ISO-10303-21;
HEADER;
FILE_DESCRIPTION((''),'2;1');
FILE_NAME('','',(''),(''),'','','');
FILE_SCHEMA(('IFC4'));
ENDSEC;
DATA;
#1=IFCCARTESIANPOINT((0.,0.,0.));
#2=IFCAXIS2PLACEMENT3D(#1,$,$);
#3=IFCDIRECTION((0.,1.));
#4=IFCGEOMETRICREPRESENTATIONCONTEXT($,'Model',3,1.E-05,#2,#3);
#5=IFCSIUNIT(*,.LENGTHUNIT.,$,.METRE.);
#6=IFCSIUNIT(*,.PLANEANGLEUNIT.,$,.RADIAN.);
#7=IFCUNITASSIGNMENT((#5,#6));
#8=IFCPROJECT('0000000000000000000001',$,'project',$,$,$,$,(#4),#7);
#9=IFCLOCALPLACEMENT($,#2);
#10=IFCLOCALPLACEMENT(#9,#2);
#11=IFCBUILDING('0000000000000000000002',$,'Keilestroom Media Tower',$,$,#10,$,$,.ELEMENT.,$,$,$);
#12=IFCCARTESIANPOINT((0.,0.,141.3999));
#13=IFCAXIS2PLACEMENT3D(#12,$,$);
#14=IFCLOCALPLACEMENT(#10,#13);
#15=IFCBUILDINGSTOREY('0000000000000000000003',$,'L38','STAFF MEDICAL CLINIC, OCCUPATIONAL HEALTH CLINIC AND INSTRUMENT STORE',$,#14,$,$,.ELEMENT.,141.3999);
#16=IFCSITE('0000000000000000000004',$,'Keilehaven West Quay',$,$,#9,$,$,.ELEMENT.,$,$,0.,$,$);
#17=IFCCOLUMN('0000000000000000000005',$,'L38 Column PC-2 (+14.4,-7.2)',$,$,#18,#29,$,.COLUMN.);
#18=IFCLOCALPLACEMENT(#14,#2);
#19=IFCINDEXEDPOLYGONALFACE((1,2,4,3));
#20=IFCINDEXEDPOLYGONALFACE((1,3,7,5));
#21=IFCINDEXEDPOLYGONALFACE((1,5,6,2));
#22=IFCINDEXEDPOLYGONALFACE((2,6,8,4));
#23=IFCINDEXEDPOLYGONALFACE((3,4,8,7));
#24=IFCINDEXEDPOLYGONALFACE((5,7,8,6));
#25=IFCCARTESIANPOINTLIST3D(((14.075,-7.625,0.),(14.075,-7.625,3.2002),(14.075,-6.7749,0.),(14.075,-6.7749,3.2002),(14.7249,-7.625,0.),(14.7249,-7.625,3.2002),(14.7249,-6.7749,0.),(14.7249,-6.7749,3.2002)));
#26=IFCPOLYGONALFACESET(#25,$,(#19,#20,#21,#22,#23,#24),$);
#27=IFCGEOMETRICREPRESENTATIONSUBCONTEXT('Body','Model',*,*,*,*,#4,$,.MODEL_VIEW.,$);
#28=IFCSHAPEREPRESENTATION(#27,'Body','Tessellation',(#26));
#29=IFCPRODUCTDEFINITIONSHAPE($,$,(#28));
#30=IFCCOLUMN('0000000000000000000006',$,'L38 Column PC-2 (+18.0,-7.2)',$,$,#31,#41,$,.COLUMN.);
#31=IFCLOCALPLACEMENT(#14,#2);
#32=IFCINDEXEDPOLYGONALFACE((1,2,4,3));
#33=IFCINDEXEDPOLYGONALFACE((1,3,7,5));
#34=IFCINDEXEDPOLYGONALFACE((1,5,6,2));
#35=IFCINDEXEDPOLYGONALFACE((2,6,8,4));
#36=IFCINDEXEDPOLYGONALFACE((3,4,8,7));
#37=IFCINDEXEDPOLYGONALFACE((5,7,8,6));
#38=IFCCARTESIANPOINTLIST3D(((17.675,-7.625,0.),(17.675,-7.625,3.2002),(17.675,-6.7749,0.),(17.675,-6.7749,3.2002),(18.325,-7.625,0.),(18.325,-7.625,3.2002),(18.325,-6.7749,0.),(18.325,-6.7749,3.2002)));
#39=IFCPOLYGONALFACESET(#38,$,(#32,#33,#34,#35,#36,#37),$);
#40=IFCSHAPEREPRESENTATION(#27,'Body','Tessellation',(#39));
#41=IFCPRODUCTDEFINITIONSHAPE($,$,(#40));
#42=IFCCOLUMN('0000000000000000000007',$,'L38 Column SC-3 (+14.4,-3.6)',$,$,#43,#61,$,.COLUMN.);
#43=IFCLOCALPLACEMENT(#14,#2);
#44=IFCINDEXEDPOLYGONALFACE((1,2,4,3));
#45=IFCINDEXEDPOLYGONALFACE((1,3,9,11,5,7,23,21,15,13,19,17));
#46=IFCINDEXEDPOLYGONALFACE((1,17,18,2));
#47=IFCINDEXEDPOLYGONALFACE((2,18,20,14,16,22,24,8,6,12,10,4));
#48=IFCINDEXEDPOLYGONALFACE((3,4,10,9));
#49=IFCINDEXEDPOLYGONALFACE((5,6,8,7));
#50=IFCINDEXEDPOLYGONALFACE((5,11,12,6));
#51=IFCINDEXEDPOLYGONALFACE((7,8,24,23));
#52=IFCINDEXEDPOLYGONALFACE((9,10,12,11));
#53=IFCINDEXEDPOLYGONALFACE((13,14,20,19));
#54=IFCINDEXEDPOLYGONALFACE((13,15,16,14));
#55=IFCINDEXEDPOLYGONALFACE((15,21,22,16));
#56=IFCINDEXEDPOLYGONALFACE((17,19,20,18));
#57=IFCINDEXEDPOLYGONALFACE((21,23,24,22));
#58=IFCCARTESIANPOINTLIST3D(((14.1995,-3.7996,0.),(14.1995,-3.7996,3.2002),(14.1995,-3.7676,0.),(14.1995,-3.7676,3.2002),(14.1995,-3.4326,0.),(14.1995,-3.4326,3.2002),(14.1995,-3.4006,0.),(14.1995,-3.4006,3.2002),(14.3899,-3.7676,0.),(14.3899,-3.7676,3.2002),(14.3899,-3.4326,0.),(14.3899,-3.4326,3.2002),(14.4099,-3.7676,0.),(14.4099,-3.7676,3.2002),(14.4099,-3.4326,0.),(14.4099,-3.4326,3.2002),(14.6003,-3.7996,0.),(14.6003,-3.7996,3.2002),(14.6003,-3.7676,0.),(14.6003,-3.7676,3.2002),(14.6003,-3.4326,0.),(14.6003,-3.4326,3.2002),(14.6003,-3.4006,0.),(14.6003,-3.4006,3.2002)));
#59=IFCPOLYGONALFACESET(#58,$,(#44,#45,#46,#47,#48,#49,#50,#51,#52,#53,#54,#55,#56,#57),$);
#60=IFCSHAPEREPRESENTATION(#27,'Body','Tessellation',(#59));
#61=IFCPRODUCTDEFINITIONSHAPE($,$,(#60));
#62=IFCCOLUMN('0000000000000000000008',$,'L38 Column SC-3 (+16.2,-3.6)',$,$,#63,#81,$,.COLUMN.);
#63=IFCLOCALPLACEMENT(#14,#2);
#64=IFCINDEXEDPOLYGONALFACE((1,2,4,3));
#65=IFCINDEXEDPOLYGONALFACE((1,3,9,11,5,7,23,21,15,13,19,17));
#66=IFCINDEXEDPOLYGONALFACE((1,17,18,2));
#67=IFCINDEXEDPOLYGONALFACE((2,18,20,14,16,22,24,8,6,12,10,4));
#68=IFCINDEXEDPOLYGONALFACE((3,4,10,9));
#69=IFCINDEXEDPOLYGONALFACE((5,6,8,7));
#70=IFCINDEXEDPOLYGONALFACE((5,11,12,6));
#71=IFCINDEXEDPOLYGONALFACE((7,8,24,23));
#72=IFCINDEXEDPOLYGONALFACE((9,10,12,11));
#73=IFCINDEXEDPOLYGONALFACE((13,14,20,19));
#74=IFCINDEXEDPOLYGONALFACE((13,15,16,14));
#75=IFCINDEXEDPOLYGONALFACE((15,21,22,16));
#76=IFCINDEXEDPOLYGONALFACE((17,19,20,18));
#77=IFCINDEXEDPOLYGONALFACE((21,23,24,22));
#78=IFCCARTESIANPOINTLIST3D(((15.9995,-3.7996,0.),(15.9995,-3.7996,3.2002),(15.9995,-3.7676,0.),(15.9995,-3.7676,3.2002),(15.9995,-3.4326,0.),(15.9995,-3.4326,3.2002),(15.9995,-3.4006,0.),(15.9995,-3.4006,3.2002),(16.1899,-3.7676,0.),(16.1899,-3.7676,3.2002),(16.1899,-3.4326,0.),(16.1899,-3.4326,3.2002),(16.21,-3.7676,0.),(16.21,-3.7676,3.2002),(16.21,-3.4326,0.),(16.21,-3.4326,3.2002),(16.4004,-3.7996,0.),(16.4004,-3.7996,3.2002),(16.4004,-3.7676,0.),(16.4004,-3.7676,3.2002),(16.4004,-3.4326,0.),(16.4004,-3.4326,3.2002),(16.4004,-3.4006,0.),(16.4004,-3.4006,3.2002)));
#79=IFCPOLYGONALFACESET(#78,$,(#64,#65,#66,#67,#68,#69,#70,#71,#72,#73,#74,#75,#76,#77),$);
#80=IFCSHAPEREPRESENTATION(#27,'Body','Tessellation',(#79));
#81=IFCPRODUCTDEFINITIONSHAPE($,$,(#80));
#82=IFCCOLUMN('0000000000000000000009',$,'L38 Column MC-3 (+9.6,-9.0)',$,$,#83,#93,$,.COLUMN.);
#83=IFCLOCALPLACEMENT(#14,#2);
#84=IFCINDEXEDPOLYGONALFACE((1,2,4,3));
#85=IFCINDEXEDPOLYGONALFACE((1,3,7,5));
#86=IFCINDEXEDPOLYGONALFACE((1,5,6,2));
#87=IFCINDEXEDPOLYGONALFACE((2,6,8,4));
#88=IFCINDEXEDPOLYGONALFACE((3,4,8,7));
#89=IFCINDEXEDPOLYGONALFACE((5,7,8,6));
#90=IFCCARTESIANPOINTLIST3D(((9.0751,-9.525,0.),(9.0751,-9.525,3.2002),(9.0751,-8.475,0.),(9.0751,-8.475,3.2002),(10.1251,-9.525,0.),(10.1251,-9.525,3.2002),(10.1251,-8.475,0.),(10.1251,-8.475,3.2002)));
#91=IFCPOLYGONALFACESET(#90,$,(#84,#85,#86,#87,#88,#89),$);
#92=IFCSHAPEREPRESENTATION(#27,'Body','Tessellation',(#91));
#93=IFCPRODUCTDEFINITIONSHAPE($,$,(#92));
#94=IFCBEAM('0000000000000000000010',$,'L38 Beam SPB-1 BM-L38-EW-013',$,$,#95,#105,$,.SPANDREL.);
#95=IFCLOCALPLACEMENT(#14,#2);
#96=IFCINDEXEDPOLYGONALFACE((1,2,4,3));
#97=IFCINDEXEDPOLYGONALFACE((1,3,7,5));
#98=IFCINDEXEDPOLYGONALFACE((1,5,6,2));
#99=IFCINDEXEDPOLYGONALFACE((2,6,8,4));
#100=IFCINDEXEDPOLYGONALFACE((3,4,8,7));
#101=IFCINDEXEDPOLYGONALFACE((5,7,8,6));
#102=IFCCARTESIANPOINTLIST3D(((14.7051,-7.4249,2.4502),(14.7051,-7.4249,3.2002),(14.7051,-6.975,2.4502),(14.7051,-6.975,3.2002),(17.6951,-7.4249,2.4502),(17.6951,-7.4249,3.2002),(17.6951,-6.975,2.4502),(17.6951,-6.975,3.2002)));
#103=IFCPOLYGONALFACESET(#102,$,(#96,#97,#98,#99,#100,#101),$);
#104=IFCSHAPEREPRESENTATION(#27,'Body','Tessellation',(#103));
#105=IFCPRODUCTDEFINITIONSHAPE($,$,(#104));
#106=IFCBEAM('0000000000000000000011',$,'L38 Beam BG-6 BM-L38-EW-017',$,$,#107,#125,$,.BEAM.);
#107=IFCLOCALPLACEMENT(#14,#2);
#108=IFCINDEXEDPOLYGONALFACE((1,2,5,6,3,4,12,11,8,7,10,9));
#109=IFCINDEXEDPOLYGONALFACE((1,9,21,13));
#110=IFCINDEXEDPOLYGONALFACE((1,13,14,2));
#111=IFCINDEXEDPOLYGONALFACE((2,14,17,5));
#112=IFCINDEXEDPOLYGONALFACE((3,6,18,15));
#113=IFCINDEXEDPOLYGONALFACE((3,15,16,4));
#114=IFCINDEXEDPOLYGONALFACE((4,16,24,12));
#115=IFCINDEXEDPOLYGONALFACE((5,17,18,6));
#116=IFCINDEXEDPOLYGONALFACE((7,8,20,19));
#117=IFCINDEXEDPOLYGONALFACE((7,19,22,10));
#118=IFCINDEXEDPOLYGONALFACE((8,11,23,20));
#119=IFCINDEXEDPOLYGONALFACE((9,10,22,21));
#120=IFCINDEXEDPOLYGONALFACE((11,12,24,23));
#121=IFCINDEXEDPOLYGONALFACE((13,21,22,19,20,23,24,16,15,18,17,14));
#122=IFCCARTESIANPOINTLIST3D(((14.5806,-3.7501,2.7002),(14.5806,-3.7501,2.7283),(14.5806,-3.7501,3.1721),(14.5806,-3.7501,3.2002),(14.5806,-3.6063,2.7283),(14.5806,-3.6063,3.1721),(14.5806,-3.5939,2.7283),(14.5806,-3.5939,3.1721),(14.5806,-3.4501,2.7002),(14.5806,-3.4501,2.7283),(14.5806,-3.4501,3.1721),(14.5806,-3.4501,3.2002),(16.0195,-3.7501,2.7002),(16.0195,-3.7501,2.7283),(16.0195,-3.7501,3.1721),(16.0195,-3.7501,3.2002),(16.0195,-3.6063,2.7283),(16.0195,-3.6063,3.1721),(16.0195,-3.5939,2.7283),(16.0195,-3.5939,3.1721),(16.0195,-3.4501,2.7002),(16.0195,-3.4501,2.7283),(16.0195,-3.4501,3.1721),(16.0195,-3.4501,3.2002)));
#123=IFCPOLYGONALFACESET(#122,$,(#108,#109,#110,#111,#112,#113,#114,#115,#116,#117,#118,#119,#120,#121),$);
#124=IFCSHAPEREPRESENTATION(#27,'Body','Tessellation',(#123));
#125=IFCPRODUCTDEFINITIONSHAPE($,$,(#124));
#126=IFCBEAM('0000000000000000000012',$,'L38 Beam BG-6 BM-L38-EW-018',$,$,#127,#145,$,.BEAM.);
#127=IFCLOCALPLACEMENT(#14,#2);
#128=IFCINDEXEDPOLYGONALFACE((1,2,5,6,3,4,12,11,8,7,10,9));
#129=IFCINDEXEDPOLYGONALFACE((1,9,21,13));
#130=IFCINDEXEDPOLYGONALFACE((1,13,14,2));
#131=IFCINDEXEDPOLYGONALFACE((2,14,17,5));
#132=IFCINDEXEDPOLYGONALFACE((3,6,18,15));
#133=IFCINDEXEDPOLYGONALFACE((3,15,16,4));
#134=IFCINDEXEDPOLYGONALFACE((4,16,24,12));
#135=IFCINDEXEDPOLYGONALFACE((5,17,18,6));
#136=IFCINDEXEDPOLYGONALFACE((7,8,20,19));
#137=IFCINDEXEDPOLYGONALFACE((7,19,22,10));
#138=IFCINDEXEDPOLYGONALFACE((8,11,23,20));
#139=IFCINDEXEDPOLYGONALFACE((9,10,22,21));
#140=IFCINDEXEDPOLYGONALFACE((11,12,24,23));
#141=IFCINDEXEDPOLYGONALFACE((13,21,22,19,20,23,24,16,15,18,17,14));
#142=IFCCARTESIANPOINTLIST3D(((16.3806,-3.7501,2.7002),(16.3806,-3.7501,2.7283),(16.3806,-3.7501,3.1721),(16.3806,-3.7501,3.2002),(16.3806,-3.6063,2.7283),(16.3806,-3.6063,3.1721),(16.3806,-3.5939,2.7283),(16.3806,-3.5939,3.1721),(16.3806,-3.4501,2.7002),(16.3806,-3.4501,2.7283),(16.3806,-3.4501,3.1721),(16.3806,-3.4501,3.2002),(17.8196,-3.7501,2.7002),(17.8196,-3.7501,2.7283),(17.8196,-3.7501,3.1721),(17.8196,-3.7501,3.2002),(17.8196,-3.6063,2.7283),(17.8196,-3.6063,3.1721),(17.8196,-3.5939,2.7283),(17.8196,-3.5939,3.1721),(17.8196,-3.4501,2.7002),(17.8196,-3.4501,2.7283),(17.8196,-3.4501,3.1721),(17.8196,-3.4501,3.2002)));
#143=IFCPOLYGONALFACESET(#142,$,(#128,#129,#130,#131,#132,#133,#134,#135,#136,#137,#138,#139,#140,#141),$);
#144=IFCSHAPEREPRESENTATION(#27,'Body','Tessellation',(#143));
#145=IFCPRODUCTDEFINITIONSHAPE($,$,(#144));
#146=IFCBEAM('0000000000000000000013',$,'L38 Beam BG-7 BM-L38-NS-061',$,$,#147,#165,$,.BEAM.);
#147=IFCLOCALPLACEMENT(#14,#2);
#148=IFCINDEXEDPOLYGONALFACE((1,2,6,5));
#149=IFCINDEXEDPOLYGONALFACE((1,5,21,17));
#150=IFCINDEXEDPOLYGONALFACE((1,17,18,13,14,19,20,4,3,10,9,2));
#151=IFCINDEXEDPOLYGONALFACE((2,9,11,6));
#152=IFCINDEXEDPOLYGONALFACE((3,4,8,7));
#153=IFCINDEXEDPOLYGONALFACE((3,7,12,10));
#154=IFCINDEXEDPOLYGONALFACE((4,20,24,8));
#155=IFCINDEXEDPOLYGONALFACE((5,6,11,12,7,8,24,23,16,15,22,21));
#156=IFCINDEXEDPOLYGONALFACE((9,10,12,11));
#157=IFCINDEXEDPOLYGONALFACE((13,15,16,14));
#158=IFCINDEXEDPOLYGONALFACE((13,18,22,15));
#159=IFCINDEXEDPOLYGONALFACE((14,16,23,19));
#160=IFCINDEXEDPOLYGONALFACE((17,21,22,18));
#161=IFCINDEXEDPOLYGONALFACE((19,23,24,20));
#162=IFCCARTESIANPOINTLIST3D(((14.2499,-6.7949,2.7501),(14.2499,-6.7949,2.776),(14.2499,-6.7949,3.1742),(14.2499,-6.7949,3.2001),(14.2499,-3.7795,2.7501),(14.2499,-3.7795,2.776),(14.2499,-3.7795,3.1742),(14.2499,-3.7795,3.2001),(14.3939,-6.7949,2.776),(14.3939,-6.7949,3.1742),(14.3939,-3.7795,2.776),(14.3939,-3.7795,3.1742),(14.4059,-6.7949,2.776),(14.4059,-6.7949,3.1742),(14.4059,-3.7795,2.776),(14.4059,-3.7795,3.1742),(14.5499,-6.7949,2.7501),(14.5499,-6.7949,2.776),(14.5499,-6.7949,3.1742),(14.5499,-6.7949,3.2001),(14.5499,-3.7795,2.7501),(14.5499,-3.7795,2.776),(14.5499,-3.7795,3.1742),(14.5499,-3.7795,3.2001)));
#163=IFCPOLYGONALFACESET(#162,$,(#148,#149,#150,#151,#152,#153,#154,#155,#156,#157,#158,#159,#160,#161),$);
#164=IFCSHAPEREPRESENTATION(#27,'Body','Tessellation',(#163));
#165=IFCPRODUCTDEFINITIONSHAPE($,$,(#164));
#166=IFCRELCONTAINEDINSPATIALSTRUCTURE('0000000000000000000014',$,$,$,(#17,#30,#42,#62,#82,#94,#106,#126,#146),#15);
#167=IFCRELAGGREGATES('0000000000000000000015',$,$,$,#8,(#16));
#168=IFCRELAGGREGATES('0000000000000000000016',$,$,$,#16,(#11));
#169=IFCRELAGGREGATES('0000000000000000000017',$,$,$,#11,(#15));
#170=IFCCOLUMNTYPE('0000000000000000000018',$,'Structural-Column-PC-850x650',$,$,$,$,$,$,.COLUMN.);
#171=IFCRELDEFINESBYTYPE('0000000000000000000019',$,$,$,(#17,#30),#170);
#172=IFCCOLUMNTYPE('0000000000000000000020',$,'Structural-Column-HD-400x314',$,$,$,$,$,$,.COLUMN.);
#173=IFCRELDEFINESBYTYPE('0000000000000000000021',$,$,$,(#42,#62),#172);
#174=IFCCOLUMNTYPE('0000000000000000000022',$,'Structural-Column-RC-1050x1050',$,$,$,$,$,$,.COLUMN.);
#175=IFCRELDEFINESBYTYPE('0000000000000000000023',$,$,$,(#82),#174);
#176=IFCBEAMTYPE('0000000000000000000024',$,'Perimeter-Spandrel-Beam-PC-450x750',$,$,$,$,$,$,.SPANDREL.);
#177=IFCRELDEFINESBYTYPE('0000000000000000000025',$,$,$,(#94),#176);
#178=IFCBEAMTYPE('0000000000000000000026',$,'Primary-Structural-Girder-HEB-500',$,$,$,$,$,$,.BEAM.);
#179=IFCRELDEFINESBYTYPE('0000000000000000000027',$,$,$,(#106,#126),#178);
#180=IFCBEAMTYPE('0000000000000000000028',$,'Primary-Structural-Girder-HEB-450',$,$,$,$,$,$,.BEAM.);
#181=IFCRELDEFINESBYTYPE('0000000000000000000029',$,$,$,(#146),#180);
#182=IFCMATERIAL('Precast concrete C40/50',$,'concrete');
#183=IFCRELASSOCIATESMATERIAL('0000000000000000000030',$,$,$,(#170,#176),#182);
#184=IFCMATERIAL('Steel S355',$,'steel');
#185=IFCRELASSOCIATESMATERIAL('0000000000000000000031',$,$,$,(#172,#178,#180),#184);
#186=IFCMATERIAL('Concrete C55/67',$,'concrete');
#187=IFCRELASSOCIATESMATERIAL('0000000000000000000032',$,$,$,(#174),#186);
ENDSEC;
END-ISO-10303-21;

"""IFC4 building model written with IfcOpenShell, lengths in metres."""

from ifc_helpers import new_model, si_unit, direction, frame, origin, origin_2d, place, context, subcontext, project, spatial, rectangle, i_section, extrude, source, transform, mapped, material, material_profile, profile_set, type_object, element, save


model = new_model("IFC4")

# Units and contexts
model_context = context("Model", 3, precision=1e-05, world=origin(), true_north=direction((0.0, 1.0)))
body_context = subcontext(model_context, "Body", "Model", "MODEL_VIEW")
ifc_project = project(units=[si_unit("LENGTHUNIT", "METRE"), si_unit("PLANEANGLEUNIT", "RADIAN")], contexts=[model_context])

# Site, building, storey
site_placement = place(None, origin())
site = spatial("IfcSite", under=ifc_project, at=site_placement, Name="Keilehaven West Quay", CompositionType="ELEMENT", RefElevation=0.0)
building_placement = place(site_placement, origin())
building = spatial("IfcBuilding", under=site, at=building_placement, Name="Keilestroom Media Tower", CompositionType="ELEMENT")
storey_placement = place(building_placement, frame((0.0, 0.0, 141.3999)))
storey = spatial("IfcBuildingStorey", under=building, at=storey_placement, Name="L38", Description="STAFF MEDICAL CLINIC, OCCUPATIONAL HEALTH CLINIC AND INSTRUMENT STORE", CompositionType="ELEMENT", Elevation=141.3999)

# Columns
ifc_material_1 = material(Name="Precast concrete C40/50", Category="concrete")
ifc_material_profile_1 = material_profile(ifc_material_1, rectangle(XDim=0.6499, YDim=0.8501, at=origin_2d()), Name="PC 850x650")
ifc_profile_set_1 = profile_set([ifc_material_profile_1], Name="Precast concrete C40/50")
column_type_1 = type_object("IfcColumnType", Name="Structural-Column-PC-850x650", PredefinedType="COLUMN", material=ifc_profile_set_1)
shared_shape_1 = source(origin(), body_context, "Body", "SweptSolid", [
    extrude(rectangle(XDim=0.6499, YDim=0.8501, at=origin_2d()), origin(), (0.0, 0.0, 1.0), 3.2002),
])
for number, where, z_axis, x_axis, name in (
    (1, (14.3999, -7.2, 0.0), (0.0, 0.0, 1.0), (1.0, 0.0, 0.0), "L38 Column PC-2 (+14.4,-7.2)"),
    (2, (18.0, -7.2, 0.0), (0.0, 0.0, 1.0), (1.0, 0.0, 0.0), "L38 Column PC-2 (+18.0,-7.2)"),
):
    element("IfcColumn", number, at=place(storey_placement, frame(where, z_axis=z_axis, x_axis=x_axis)), inside=storey, type_object=column_type_1, Name=name, PredefinedType="COLUMN", context=body_context, shape_type="MappedRepresentation", body=[
        mapped(shared_shape_1, transform((0.0, 0.0, 0.0), x_axis=(1.0, 0.0, 0.0), y_axis=(0.0, 1.0, 0.0), z_axis=(0.0, 0.0, 1.0), scale=1.0)),
    ])
ifc_material_2 = material(Name="Steel S355", Category="steel")
ifc_material_profile_2 = material_profile(ifc_material_2, i_section(OverallWidth=0.4009, OverallDepth=0.3989, WebThickness=0.02, FlangeThickness=0.032, at=origin_2d()), Name="HD 400x314")
ifc_profile_set_2 = profile_set([ifc_material_profile_2], Name="Steel S355")
column_type_2 = type_object("IfcColumnType", Name="Structural-Column-HD-400x314", PredefinedType="COLUMN", material=ifc_profile_set_2)
shared_shape_2 = source(origin(), body_context, "Body", "SweptSolid", [
    extrude(i_section(OverallWidth=0.4009, OverallDepth=0.3989, WebThickness=0.02, FlangeThickness=0.032, at=origin_2d()), origin(), (0.0, 0.0, 1.0), 3.2002),
])
for number, where, z_axis, x_axis, name in (
    (3, (14.3999, -3.6001, 0.0), (0.0, 0.0, 1.0), (1.0, 0.0, 0.0), "L38 Column SC-3 (+14.4,-3.6)"),
    (4, (16.2, -3.6001, 0.0), (0.0, 0.0, 1.0), (1.0, 0.0, 0.0), "L38 Column SC-3 (+16.2,-3.6)"),
):
    element("IfcColumn", number, at=place(storey_placement, frame(where, z_axis=z_axis, x_axis=x_axis)), inside=storey, type_object=column_type_2, Name=name, PredefinedType="COLUMN", context=body_context, shape_type="MappedRepresentation", body=[
        mapped(shared_shape_2, transform((0.0, 0.0, 0.0), x_axis=(1.0, 0.0, 0.0), y_axis=(0.0, 1.0, 0.0), z_axis=(0.0, 0.0, 1.0), scale=1.0)),
    ])
ifc_material_3 = material(Name="Concrete C55/67", Category="concrete")
ifc_material_profile_3 = material_profile(ifc_material_3, rectangle(XDim=1.05, YDim=1.05, at=origin_2d()), Name="RC 1050x1050")
ifc_profile_set_3 = profile_set([ifc_material_profile_3], Name="Concrete C55/67")
column_type_3 = type_object("IfcColumnType", Name="Structural-Column-RC-1050x1050", PredefinedType="COLUMN", material=ifc_profile_set_3)
shared_shape_3 = source(origin(), body_context, "Body", "SweptSolid", [
    extrude(rectangle(XDim=1.05, YDim=1.05, at=origin_2d()), origin(), (0.0, 0.0, 1.0), 3.2002),
])
column_placement = place(storey_placement, frame((9.6001, -9.0, 0.0), z_axis=(0.0, 0.0, 1.0), x_axis=(1.0, 0.0, 0.0)))
element("IfcColumn", 5, at=column_placement, inside=storey, type_object=column_type_3, Name="L38 Column MC-3 (+9.6,-9.0)", PredefinedType="COLUMN", context=body_context, shape_type="MappedRepresentation", body=[
    mapped(shared_shape_3, transform((0.0, 0.0, 0.0), x_axis=(1.0, 0.0, 0.0), y_axis=(0.0, 1.0, 0.0), z_axis=(0.0, 0.0, 1.0), scale=1.0)),
])

# Beams
ifc_material_profile_4 = material_profile(ifc_material_1, rectangle(XDim=0.45, YDim=0.75, at=origin_2d()), Name="PC 450x750")
ifc_profile_set_4 = profile_set([ifc_material_profile_4], Name="Precast concrete C40/50")
beam_type_1 = type_object("IfcBeamType", Name="Perimeter-Spandrel-Beam-PC-450x750", PredefinedType="SPANDREL", material=ifc_profile_set_4)
shared_shape_4 = source(origin(), body_context, "Body", "SweptSolid", [
    extrude(rectangle(XDim=0.45, YDim=0.75, at=origin_2d()), origin(), (0.0, 0.0, 1.0), 2.99),
])
beam_placement = place(storey_placement, frame((14.7051, -7.2, 2.8252), z_axis=(1.0, 0.0, 0.0), x_axis=(0.0, 1.0, 0.0)))
element("IfcBeam", 6, at=beam_placement, inside=storey, type_object=beam_type_1, Name="L38 Beam SPB-1 BM-L38-EW-013", PredefinedType="SPANDREL", context=body_context, shape_type="MappedRepresentation", body=[
    mapped(shared_shape_4, transform((0.0, 0.0, 0.0), x_axis=(1.0, 0.0, 0.0), y_axis=(0.0, 1.0, 0.0), z_axis=(0.0, 0.0, 1.0), scale=1.0)),
])
ifc_material_profile_5 = material_profile(ifc_material_2, i_section(OverallWidth=0.3, OverallDepth=0.5, WebThickness=0.0125, FlangeThickness=0.0281, at=origin_2d()), Name="HEB 500")
ifc_profile_set_5 = profile_set([ifc_material_profile_5], Name="Steel S355")
beam_type_2 = type_object("IfcBeamType", Name="Primary-Structural-Girder-HEB-500", PredefinedType="BEAM", material=ifc_profile_set_5)
shared_shape_5 = source(origin(), body_context, "Body", "SweptSolid", [
    extrude(i_section(OverallWidth=0.3, OverallDepth=0.5, WebThickness=0.0125, FlangeThickness=0.0281, at=origin_2d()), origin(), (0.0, 0.0, 1.0), 1.439),
])
for number, where, z_axis, x_axis, name in (
    (7, (14.5806, -3.6001, 2.9502), (1.0, 0.0, 0.0), (0.0, 1.0, 0.0), "L38 Beam BG-6 BM-L38-EW-017"),
    (8, (16.3806, -3.6001, 2.9502), (1.0, 0.0, 0.0), (0.0, 1.0, 0.0), "L38 Beam BG-6 BM-L38-EW-018"),
):
    element("IfcBeam", number, at=place(storey_placement, frame(where, z_axis=z_axis, x_axis=x_axis)), inside=storey, type_object=beam_type_2, Name=name, PredefinedType="BEAM", context=body_context, shape_type="MappedRepresentation", body=[
        mapped(shared_shape_5, transform((0.0, 0.0, 0.0), x_axis=(1.0, 0.0, 0.0), y_axis=(0.0, 1.0, 0.0), z_axis=(0.0, 0.0, 1.0), scale=1.0)),
    ])
ifc_material_profile_6 = material_profile(ifc_material_2, i_section(OverallWidth=0.3, OverallDepth=0.45, WebThickness=0.012, FlangeThickness=0.0259, at=origin_2d()), Name="HEB 450")
ifc_profile_set_6 = profile_set([ifc_material_profile_6], Name="Steel S355")
beam_type_3 = type_object("IfcBeamType", Name="Primary-Structural-Girder-HEB-450", PredefinedType="BEAM", material=ifc_profile_set_6)
shared_shape_6 = source(origin(), body_context, "Body", "SweptSolid", [
    extrude(i_section(OverallWidth=0.3, OverallDepth=0.45, WebThickness=0.012, FlangeThickness=0.0259, at=origin_2d()), origin(), (0.0, 0.0, 1.0), 3.0154),
])
for number, where, z_axis, x_axis, name in (
    (9, (14.3999, -6.7949, 2.9751), (0.0, 1.0, 0.0), (-1.0, 0.0, 0.0), "L38 Beam BG-7 BM-L38-NS-061"),
):
    element("IfcBeam", number, at=place(storey_placement, frame(where, z_axis=z_axis, x_axis=x_axis)), inside=storey, type_object=beam_type_3, Name=name, PredefinedType="BEAM", context=body_context, shape_type="MappedRepresentation", body=[
        mapped(shared_shape_6, transform((0.0, 0.0, 0.0), x_axis=(1.0, 0.0, 0.0), y_axis=(0.0, 1.0, 0.0), z_axis=(0.0, 0.0, 1.0), scale=1.0)),
    ])

save(model, "model.ifc")
